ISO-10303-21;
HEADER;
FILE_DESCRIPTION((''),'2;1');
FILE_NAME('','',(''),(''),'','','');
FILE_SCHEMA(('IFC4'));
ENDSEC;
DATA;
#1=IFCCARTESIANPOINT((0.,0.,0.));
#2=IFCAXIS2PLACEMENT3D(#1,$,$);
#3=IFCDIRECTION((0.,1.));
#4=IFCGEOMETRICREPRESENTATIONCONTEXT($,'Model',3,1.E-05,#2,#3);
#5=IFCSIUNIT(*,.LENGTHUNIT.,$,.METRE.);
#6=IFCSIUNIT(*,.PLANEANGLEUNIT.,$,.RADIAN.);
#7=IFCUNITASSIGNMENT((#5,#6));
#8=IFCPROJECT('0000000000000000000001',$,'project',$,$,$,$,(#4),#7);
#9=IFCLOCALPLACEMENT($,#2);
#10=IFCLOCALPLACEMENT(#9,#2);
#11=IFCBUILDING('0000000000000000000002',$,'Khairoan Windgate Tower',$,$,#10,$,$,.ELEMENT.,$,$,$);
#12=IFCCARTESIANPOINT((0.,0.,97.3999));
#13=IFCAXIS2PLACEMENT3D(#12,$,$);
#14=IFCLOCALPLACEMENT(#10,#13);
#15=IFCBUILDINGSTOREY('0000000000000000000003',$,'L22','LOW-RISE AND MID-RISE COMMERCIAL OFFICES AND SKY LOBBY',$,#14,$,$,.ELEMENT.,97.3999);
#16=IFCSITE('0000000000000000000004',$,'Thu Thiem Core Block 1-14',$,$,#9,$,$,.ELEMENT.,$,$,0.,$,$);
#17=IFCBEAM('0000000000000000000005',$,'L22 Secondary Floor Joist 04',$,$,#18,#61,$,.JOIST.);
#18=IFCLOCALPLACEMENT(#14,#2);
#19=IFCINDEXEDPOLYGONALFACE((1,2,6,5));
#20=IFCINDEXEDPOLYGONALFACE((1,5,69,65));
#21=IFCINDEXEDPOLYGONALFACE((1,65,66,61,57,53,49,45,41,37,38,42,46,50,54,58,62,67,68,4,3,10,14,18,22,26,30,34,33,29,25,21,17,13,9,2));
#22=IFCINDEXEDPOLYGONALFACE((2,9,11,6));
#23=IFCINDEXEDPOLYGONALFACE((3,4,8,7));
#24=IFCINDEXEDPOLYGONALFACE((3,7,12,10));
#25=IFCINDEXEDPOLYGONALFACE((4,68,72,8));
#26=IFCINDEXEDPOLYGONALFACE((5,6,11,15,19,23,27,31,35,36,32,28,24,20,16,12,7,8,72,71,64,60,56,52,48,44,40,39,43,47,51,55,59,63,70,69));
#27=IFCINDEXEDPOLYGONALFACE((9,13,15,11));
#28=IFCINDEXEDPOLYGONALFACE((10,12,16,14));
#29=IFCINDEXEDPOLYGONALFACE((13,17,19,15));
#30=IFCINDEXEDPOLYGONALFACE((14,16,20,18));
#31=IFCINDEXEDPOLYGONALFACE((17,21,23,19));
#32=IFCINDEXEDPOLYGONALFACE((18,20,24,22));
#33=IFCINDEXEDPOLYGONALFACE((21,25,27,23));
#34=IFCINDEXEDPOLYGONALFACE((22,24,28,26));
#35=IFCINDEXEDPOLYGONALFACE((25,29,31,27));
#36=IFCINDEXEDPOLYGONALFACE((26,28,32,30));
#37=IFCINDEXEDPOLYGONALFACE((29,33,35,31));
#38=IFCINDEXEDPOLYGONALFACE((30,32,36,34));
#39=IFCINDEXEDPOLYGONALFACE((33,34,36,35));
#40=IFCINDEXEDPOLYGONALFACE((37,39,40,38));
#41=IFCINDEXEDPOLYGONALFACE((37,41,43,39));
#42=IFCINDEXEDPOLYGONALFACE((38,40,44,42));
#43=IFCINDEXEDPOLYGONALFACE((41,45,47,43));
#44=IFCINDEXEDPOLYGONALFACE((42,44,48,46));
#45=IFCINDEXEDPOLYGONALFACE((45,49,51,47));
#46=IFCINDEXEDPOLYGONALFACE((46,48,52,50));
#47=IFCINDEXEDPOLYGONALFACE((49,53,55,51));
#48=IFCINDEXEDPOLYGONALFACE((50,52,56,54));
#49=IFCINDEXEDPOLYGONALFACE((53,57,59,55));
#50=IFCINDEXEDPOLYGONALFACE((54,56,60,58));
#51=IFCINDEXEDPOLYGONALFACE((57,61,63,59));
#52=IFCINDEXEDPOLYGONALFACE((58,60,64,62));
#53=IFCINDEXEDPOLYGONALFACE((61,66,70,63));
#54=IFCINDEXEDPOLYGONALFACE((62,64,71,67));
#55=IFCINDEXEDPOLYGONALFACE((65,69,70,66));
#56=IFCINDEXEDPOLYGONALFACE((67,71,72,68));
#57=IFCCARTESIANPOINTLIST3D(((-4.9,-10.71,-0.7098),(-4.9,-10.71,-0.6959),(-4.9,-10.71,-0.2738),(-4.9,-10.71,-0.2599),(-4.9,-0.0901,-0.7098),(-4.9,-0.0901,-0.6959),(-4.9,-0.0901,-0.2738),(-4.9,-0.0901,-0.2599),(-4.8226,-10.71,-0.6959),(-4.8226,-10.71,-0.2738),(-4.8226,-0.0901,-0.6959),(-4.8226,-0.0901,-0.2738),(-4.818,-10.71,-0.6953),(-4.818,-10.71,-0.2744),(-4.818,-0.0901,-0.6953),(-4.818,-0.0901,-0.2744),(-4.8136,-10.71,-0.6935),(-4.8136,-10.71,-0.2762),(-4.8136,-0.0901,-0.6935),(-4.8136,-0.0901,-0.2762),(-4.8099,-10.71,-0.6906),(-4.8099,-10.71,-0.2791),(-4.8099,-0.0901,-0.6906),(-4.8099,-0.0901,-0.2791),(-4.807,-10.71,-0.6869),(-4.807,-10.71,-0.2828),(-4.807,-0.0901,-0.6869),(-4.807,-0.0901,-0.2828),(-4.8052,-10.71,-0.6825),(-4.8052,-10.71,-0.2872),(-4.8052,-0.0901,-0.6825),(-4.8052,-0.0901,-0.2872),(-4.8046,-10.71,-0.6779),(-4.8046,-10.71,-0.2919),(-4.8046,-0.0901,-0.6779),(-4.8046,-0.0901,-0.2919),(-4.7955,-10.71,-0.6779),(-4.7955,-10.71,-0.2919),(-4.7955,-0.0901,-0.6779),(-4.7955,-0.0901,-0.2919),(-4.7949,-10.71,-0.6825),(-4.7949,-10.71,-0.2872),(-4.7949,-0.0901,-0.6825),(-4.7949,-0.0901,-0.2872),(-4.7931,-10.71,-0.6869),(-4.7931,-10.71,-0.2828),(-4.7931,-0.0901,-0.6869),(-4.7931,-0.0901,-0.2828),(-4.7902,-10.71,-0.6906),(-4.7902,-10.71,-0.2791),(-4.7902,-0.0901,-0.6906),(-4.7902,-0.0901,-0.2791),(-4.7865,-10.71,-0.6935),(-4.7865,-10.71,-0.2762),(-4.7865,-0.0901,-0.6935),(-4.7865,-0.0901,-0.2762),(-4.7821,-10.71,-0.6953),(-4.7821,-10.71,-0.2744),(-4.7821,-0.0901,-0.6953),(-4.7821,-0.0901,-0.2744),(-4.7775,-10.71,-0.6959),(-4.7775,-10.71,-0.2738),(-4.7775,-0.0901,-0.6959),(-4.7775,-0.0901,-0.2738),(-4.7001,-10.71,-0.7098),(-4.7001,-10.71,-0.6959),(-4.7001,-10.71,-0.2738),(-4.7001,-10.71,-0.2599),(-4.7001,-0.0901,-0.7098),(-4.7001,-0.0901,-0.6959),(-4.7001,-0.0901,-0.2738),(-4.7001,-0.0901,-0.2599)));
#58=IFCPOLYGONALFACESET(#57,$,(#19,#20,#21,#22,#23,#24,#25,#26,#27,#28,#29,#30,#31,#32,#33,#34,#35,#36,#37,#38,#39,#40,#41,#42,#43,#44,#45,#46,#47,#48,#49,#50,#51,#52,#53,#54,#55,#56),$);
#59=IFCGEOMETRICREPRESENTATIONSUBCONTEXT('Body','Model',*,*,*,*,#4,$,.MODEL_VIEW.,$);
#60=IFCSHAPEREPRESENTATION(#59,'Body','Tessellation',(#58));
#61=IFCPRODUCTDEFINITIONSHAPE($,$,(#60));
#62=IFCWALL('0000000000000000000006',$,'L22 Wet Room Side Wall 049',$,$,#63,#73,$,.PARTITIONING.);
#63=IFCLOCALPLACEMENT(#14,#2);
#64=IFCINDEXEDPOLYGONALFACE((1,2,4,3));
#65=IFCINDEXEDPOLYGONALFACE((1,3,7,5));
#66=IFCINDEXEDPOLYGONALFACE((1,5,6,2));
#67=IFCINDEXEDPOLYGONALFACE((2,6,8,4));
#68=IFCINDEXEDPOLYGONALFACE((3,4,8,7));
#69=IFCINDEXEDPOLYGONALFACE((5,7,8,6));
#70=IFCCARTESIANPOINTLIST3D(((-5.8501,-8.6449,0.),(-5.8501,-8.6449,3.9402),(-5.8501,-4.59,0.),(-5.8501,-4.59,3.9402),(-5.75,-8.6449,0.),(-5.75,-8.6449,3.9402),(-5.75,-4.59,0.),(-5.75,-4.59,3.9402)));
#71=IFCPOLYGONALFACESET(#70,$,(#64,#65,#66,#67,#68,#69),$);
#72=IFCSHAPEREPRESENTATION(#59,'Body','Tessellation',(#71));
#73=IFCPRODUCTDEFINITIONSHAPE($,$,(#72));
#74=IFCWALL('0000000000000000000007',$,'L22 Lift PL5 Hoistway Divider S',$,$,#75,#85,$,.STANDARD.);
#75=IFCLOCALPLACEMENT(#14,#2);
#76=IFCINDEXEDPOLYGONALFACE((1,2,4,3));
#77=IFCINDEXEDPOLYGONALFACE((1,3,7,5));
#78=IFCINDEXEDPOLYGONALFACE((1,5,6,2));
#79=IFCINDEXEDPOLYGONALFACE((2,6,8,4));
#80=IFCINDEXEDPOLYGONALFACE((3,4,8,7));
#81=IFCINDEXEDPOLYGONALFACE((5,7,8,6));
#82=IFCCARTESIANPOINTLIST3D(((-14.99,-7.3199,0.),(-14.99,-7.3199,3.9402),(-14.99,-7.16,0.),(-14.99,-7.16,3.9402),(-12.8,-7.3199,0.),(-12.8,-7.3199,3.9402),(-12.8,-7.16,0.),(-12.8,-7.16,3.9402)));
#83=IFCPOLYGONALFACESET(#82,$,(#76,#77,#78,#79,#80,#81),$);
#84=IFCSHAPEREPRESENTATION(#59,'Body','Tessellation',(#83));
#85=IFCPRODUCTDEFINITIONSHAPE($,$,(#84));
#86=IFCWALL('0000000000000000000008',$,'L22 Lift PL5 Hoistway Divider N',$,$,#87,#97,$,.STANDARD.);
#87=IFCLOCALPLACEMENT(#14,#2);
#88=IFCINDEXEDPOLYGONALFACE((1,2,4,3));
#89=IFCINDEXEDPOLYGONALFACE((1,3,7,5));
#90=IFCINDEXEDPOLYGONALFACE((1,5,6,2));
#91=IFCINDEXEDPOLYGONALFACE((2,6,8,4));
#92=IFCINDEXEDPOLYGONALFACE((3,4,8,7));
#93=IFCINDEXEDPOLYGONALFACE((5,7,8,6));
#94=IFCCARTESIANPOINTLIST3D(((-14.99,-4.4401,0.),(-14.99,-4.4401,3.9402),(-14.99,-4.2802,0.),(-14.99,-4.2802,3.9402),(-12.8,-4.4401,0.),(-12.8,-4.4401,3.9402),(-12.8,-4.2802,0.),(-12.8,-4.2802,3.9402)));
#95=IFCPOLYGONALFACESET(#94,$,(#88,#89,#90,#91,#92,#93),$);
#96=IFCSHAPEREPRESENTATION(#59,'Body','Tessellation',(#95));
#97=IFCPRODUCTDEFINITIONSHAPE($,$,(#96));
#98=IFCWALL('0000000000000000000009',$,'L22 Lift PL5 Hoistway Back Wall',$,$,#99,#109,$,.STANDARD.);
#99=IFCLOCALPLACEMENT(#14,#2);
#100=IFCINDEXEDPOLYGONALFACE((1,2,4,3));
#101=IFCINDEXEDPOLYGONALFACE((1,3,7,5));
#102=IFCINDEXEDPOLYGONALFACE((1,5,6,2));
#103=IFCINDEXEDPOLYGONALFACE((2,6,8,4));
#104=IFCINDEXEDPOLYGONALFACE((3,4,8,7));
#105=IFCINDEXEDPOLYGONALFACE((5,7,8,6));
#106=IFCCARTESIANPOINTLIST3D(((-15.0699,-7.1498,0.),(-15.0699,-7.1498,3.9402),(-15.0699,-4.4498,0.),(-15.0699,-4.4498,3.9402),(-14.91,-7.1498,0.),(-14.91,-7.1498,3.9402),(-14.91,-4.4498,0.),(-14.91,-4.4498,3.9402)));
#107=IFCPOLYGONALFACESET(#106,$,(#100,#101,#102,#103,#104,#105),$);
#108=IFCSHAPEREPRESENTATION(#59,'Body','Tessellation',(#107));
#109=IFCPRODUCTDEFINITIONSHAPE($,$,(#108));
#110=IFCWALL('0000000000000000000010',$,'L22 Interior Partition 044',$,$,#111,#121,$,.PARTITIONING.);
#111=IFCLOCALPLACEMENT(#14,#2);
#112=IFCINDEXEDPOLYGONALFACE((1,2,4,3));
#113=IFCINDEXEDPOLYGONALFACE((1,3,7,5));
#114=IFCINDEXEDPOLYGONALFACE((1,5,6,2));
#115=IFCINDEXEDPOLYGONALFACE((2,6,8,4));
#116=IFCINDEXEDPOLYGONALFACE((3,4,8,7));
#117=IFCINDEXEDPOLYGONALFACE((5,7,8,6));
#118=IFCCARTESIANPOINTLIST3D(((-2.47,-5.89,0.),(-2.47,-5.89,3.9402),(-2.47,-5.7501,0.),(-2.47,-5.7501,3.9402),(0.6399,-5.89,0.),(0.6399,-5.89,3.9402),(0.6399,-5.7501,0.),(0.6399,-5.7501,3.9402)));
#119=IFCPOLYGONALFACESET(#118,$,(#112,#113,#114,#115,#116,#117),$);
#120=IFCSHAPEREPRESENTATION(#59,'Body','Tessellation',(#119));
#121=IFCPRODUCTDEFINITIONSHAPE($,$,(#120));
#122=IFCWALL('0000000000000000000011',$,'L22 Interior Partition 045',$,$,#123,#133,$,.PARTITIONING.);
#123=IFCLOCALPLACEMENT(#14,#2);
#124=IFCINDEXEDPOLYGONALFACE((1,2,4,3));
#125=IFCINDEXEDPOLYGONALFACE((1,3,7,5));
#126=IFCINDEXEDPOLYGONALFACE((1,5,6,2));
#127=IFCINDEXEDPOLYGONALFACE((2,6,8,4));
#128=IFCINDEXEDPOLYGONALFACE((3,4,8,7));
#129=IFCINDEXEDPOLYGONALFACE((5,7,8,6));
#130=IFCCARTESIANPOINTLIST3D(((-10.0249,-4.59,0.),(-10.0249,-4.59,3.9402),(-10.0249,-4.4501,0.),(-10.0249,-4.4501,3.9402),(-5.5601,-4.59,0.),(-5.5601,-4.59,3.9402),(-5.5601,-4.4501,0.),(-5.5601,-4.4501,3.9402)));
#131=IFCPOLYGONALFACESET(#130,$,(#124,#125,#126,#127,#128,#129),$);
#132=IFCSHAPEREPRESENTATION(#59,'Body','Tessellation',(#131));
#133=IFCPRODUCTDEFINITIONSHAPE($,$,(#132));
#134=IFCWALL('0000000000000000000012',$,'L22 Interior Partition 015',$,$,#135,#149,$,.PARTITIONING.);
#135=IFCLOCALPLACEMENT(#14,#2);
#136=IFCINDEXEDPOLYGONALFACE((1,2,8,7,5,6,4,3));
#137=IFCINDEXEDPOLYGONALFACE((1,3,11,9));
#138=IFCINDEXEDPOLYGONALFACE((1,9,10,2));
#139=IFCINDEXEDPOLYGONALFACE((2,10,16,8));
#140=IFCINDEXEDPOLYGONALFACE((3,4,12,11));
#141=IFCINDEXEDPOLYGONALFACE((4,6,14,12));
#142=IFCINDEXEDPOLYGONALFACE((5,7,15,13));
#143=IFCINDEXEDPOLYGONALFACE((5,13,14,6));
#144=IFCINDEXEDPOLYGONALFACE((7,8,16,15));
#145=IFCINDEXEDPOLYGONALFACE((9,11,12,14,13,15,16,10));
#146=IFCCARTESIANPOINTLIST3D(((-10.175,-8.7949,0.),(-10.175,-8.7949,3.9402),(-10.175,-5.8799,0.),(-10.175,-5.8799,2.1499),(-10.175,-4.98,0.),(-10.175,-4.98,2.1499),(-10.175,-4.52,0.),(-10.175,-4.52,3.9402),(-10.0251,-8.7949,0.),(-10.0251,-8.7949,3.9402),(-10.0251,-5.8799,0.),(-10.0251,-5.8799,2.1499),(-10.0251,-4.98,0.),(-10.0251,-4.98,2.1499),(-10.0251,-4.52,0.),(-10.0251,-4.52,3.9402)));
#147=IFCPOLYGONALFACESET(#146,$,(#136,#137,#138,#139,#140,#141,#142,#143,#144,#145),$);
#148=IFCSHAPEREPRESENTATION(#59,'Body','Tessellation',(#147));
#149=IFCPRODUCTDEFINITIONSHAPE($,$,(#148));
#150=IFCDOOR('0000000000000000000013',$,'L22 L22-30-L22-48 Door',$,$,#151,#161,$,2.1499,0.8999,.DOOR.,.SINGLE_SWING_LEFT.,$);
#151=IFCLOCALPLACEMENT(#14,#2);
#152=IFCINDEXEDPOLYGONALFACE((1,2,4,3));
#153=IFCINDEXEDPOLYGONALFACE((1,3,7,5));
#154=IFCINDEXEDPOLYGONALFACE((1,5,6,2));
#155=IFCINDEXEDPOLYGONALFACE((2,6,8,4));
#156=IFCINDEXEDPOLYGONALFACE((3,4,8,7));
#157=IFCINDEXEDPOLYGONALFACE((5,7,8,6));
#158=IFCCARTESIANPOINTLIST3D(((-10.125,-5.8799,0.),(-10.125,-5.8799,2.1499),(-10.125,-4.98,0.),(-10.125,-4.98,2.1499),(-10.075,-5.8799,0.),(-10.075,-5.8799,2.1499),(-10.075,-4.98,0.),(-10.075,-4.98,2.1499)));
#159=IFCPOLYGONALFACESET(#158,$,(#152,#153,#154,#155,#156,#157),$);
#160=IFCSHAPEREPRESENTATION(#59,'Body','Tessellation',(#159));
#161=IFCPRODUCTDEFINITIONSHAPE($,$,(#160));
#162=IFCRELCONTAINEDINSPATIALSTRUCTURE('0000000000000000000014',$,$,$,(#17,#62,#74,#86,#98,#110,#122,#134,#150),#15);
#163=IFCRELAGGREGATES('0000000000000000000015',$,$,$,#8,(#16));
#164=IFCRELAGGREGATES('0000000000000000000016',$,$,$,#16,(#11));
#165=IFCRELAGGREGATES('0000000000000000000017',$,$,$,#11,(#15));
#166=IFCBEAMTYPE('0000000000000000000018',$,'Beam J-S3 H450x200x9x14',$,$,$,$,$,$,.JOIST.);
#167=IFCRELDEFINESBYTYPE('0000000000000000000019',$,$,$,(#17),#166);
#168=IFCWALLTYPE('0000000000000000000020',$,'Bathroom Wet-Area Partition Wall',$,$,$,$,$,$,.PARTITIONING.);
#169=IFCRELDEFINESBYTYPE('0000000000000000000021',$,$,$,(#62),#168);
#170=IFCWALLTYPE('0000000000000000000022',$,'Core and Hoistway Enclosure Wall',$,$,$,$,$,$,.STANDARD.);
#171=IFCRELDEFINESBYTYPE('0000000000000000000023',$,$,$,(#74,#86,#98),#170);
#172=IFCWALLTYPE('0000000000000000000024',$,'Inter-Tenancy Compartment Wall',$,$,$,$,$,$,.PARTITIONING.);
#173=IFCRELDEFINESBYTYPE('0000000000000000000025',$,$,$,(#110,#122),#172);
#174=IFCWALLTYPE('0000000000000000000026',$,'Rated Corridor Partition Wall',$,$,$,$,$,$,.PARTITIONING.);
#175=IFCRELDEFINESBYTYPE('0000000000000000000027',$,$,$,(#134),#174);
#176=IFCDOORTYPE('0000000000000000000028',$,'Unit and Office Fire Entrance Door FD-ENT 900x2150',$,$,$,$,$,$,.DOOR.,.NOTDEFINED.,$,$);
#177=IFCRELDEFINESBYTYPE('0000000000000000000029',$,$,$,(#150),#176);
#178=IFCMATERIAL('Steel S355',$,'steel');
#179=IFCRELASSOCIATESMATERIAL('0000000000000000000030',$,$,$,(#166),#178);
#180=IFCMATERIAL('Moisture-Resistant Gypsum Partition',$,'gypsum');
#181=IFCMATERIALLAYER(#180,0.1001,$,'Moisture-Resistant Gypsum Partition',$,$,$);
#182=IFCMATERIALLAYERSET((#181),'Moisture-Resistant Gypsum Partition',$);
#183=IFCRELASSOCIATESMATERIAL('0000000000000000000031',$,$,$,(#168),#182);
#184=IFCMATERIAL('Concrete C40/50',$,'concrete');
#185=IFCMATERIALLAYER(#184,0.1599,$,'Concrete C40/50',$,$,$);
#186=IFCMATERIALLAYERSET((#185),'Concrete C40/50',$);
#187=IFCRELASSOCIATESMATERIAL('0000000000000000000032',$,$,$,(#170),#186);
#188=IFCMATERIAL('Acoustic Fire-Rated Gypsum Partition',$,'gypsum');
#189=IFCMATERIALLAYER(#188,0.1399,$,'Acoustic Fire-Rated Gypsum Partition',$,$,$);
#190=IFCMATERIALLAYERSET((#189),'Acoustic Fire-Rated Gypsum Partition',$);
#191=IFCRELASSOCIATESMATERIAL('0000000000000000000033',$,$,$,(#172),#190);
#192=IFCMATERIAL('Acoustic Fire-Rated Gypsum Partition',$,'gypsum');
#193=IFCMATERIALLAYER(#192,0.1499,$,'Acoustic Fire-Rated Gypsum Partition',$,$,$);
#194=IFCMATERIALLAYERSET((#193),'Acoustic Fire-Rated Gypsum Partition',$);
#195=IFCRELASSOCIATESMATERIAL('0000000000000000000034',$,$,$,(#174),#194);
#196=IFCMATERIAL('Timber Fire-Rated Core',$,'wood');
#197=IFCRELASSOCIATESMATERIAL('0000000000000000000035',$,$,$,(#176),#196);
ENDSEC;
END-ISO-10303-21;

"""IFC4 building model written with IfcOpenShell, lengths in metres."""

from ifc_helpers import new_model, si_unit, direction, frame, frame_2d, origin, origin_2d, place, context, subcontext, project, spatial, rectangle, i_section, extrude, material, layer, layer_set, material_profile, profile_set, type_object, element, fill, save


model = new_model("IFC4")

# Units and contexts
model_context = context("Model", 3, precision=1e-05, world=origin(), true_north=direction((0.0, 1.0)))
body_context = subcontext(model_context, "Body", "Model", "MODEL_VIEW")
ifc_project = project(units=[si_unit("LENGTHUNIT", "METRE"), si_unit("PLANEANGLEUNIT", "RADIAN")], contexts=[model_context])

# Site, building, storey
site_placement = place(None, origin())
site = spatial("IfcSite", under=ifc_project, at=site_placement, Name="Thu Thiem Core Block 1-14", CompositionType="ELEMENT", RefElevation=0.0)
building_placement = place(site_placement, origin())
building = spatial("IfcBuilding", under=site, at=building_placement, Name="Khairoan Windgate Tower", CompositionType="ELEMENT")
storey_placement = place(building_placement, frame((0.0, 0.0, 97.3999)))
storey = spatial("IfcBuildingStorey", under=building, at=storey_placement, Name="L22", Description="LOW-RISE AND MID-RISE COMMERCIAL OFFICES AND SKY LOBBY", CompositionType="ELEMENT", Elevation=97.3999)

# Beam
ifc_material_1 = material(Name="Steel S355", Category="steel")
ifc_material_profile_1 = material_profile(ifc_material_1, i_section(OverallWidth=0.2, OverallDepth=0.45, WebThickness=0.009, FlangeThickness=0.0139, FilletRadius=0.0181, at=origin_2d()))
ifc_profile_set_1 = profile_set([ifc_material_profile_1], Name="Steel S355")
beam_type_1 = type_object("IfcBeamType", Name="Beam J-S3 H450x200x9x14", PredefinedType="JOIST", material=ifc_profile_set_1)
beam_1_placement = place(storey_placement, frame((-4.8, -10.71, -0.4849), z_axis=(0.0, 1.0, 0.0), x_axis=(-1.0, 0.0, 0.0)))
element("IfcBeam", 1, at=beam_1_placement, inside=storey, type_object=beam_type_1, Name="L22 Secondary Floor Joist 04", PredefinedType="JOIST", context=body_context, shape_type="SweptSolid", body=[
    extrude(i_section(OverallWidth=0.2, OverallDepth=0.45, WebThickness=0.009, FlangeThickness=0.0139, FilletRadius=0.0181, at=origin_2d()), origin(), (0.0, 0.0, 1.0), 10.6199),
])

# Walls
ifc_material_2 = material(Name="Moisture-Resistant Gypsum Partition", Category="gypsum")
ifc_layer_1 = layer(ifc_material_2, 0.1001, Name="Moisture-Resistant Gypsum Partition")
ifc_layer_set_1 = layer_set([ifc_layer_1], Name="Moisture-Resistant Gypsum Partition")
wall_type_1 = type_object("IfcWallType", Name="Bathroom Wet-Area Partition Wall", PredefinedType="PARTITIONING", material=ifc_layer_set_1)
wall_1_placement = place(storey_placement, frame((-5.8, -4.5901, 0.0), z_axis=(0.0, 0.0, 1.0), x_axis=(0.0, -1.0, 0.0)))
element("IfcWall", 2, at=wall_1_placement, inside=storey, type_object=wall_type_1, Name="L22 Wet Room Side Wall 049", PredefinedType="PARTITIONING", context=body_context, shape_type="SweptSolid", body=[
    extrude(rectangle(XDim=4.0549, YDim=0.1001, at=frame_2d((2.0273, 0.0))), origin(), (0.0, 0.0, 1.0), 3.9402),
])
ifc_material_3 = material(Name="Concrete C40/50", Category="concrete")
ifc_layer_2 = layer(ifc_material_3, 0.1599, Name="Concrete C40/50")
ifc_layer_set_2 = layer_set([ifc_layer_2], Name="Concrete C40/50")
wall_type_2 = type_object("IfcWallType", Name="Core and Hoistway Enclosure Wall", PredefinedType="STANDARD", material=ifc_layer_set_2)
for number, where, z_axis, x_axis, name in (
    (3, (-14.99, -7.24, 0.0), (0.0, 0.0, 1.0), (1.0, 0.0, 0.0), "L22 Lift PL5 Hoistway Divider S"),
    (4, (-14.99, -4.3601, 0.0), (0.0, 0.0, 1.0), (1.0, 0.0, 0.0), "L22 Lift PL5 Hoistway Divider N"),
):
    element("IfcWall", number, at=place(storey_placement, frame(where, z_axis=z_axis, x_axis=x_axis)), inside=storey, type_object=wall_type_2, Name=name, PredefinedType="STANDARD", context=body_context, shape_type="SweptSolid", body=[
        extrude(rectangle(XDim=2.1899, YDim=0.1599, at=frame_2d((1.095, 0.0))), origin(), (0.0, 0.0, 1.0), 3.9402),
    ])
wall_2_placement = place(storey_placement, frame((-14.99, -7.1499, 0.0), z_axis=(0.0, 0.0, 1.0), x_axis=(0.0, 1.0, 0.0)))
element("IfcWall", 5, at=wall_2_placement, inside=storey, type_object=wall_type_2, Name="L22 Lift PL5 Hoistway Back Wall", PredefinedType="STANDARD", context=body_context, shape_type="SweptSolid", body=[
    extrude(rectangle(XDim=2.7, YDim=0.1599, at=frame_2d((1.3501, 0.0))), origin(), (0.0, 0.0, 1.0), 3.9402),
])
ifc_material_4 = material(Name="Acoustic Fire-Rated Gypsum Partition", Category="gypsum")
ifc_layer_3 = layer(ifc_material_4, 0.1399, Name="Acoustic Fire-Rated Gypsum Partition")
ifc_layer_set_3 = layer_set([ifc_layer_3], Name="Acoustic Fire-Rated Gypsum Partition")
wall_type_3 = type_object("IfcWallType", Name="Inter-Tenancy Compartment Wall", PredefinedType="PARTITIONING", material=ifc_layer_set_3)
wall_3_placement = place(storey_placement, frame((-2.47, -5.8201, 0.0), z_axis=(0.0, 0.0, 1.0), x_axis=(1.0, 0.0, 0.0)))
element("IfcWall", 6, at=wall_3_placement, inside=storey, type_object=wall_type_3, Name="L22 Interior Partition 044", PredefinedType="PARTITIONING", context=body_context, shape_type="SweptSolid", body=[
    extrude(rectangle(XDim=3.1099, YDim=0.1399, at=frame_2d((1.5549, 0.0))), origin(), (0.0, 0.0, 1.0), 3.9402),
])
wall_4_placement = place(storey_placement, frame((-10.0249, -4.52, 0.0), z_axis=(0.0, 0.0, 1.0), x_axis=(1.0, 0.0, 0.0)))
element("IfcWall", 7, at=wall_4_placement, inside=storey, type_object=wall_type_3, Name="L22 Interior Partition 045", PredefinedType="PARTITIONING", context=body_context, shape_type="SweptSolid", body=[
    extrude(rectangle(XDim=4.4648, YDim=0.1399, at=frame_2d((2.2324, 0.0))), origin(), (0.0, 0.0, 1.0), 3.9402),
])

# Wall, opening, door
ifc_material_5 = material(Name="Acoustic Fire-Rated Gypsum Partition", Category="gypsum")
ifc_layer_4 = layer(ifc_material_5, 0.1499, Name="Acoustic Fire-Rated Gypsum Partition")
ifc_layer_set_4 = layer_set([ifc_layer_4], Name="Acoustic Fire-Rated Gypsum Partition")
wall_type_4 = type_object("IfcWallType", Name="Rated Corridor Partition Wall", PredefinedType="PARTITIONING", material=ifc_layer_set_4)
wall_5_placement = place(storey_placement, frame((-10.1001, -8.7949, 0.0), z_axis=(0.0, 0.0, 1.0), x_axis=(0.0, 1.0, 0.0)))
wall_5 = element("IfcWall", 8, at=wall_5_placement, inside=storey, type_object=wall_type_4, Name="L22 Interior Partition 015", PredefinedType="PARTITIONING", context=body_context, shape_type="SweptSolid", body=[
    extrude(rectangle(XDim=4.2749, YDim=0.1499, at=frame_2d((2.1375, 0.0))), origin(), (0.0, 0.0, 1.0), 3.9402),
])
opening_1_placement = place(wall_5_placement, frame((2.915, 0.0, 0.0)))
opening_1 = element("IfcOpeningElement", 9, at=opening_1_placement, cuts=wall_5, PredefinedType="OPENING", context=body_context, shape_type="SweptSolid", body=[
    extrude(rectangle(XDim=0.8999, YDim=2.1499, at=frame_2d((0.45, 1.075))), frame((0.0, 0.085, 0.0), z_axis=(0.0, -1.0, 0.0), x_axis=(1.0, 0.0, 0.0)), (0.0, 0.0, 1.0), 0.1699),
])
ifc_material_6 = material(Name="Timber Fire-Rated Core", Category="wood")
door_type = type_object("IfcDoorType", Name="Unit and Office Fire Entrance Door FD-ENT 900x2150", OperationType="NOTDEFINED", PredefinedType="DOOR", material=ifc_material_6)
door_1_placement = place(opening_1_placement, origin())
door_1 = element("IfcDoor", 10, at=door_1_placement, inside=storey, type_object=door_type, Name="L22 L22-30-L22-48 Door", OperationType="SINGLE_SWING_LEFT", OverallHeight=2.1499, OverallWidth=0.8999, PredefinedType="DOOR", context=body_context, shape_type="SweptSolid", body=[
    extrude(rectangle(XDim=0.8999, YDim=2.1499, at=frame_2d((0.45, 1.075))), frame((0.0, 0.0249, 0.0), z_axis=(0.0, -1.0, 0.0), x_axis=(1.0, 0.0, 0.0)), (0.0, 0.0, 1.0), 0.05),
])
fill(opening_1, door_1)

save(model, "model.ifc")
